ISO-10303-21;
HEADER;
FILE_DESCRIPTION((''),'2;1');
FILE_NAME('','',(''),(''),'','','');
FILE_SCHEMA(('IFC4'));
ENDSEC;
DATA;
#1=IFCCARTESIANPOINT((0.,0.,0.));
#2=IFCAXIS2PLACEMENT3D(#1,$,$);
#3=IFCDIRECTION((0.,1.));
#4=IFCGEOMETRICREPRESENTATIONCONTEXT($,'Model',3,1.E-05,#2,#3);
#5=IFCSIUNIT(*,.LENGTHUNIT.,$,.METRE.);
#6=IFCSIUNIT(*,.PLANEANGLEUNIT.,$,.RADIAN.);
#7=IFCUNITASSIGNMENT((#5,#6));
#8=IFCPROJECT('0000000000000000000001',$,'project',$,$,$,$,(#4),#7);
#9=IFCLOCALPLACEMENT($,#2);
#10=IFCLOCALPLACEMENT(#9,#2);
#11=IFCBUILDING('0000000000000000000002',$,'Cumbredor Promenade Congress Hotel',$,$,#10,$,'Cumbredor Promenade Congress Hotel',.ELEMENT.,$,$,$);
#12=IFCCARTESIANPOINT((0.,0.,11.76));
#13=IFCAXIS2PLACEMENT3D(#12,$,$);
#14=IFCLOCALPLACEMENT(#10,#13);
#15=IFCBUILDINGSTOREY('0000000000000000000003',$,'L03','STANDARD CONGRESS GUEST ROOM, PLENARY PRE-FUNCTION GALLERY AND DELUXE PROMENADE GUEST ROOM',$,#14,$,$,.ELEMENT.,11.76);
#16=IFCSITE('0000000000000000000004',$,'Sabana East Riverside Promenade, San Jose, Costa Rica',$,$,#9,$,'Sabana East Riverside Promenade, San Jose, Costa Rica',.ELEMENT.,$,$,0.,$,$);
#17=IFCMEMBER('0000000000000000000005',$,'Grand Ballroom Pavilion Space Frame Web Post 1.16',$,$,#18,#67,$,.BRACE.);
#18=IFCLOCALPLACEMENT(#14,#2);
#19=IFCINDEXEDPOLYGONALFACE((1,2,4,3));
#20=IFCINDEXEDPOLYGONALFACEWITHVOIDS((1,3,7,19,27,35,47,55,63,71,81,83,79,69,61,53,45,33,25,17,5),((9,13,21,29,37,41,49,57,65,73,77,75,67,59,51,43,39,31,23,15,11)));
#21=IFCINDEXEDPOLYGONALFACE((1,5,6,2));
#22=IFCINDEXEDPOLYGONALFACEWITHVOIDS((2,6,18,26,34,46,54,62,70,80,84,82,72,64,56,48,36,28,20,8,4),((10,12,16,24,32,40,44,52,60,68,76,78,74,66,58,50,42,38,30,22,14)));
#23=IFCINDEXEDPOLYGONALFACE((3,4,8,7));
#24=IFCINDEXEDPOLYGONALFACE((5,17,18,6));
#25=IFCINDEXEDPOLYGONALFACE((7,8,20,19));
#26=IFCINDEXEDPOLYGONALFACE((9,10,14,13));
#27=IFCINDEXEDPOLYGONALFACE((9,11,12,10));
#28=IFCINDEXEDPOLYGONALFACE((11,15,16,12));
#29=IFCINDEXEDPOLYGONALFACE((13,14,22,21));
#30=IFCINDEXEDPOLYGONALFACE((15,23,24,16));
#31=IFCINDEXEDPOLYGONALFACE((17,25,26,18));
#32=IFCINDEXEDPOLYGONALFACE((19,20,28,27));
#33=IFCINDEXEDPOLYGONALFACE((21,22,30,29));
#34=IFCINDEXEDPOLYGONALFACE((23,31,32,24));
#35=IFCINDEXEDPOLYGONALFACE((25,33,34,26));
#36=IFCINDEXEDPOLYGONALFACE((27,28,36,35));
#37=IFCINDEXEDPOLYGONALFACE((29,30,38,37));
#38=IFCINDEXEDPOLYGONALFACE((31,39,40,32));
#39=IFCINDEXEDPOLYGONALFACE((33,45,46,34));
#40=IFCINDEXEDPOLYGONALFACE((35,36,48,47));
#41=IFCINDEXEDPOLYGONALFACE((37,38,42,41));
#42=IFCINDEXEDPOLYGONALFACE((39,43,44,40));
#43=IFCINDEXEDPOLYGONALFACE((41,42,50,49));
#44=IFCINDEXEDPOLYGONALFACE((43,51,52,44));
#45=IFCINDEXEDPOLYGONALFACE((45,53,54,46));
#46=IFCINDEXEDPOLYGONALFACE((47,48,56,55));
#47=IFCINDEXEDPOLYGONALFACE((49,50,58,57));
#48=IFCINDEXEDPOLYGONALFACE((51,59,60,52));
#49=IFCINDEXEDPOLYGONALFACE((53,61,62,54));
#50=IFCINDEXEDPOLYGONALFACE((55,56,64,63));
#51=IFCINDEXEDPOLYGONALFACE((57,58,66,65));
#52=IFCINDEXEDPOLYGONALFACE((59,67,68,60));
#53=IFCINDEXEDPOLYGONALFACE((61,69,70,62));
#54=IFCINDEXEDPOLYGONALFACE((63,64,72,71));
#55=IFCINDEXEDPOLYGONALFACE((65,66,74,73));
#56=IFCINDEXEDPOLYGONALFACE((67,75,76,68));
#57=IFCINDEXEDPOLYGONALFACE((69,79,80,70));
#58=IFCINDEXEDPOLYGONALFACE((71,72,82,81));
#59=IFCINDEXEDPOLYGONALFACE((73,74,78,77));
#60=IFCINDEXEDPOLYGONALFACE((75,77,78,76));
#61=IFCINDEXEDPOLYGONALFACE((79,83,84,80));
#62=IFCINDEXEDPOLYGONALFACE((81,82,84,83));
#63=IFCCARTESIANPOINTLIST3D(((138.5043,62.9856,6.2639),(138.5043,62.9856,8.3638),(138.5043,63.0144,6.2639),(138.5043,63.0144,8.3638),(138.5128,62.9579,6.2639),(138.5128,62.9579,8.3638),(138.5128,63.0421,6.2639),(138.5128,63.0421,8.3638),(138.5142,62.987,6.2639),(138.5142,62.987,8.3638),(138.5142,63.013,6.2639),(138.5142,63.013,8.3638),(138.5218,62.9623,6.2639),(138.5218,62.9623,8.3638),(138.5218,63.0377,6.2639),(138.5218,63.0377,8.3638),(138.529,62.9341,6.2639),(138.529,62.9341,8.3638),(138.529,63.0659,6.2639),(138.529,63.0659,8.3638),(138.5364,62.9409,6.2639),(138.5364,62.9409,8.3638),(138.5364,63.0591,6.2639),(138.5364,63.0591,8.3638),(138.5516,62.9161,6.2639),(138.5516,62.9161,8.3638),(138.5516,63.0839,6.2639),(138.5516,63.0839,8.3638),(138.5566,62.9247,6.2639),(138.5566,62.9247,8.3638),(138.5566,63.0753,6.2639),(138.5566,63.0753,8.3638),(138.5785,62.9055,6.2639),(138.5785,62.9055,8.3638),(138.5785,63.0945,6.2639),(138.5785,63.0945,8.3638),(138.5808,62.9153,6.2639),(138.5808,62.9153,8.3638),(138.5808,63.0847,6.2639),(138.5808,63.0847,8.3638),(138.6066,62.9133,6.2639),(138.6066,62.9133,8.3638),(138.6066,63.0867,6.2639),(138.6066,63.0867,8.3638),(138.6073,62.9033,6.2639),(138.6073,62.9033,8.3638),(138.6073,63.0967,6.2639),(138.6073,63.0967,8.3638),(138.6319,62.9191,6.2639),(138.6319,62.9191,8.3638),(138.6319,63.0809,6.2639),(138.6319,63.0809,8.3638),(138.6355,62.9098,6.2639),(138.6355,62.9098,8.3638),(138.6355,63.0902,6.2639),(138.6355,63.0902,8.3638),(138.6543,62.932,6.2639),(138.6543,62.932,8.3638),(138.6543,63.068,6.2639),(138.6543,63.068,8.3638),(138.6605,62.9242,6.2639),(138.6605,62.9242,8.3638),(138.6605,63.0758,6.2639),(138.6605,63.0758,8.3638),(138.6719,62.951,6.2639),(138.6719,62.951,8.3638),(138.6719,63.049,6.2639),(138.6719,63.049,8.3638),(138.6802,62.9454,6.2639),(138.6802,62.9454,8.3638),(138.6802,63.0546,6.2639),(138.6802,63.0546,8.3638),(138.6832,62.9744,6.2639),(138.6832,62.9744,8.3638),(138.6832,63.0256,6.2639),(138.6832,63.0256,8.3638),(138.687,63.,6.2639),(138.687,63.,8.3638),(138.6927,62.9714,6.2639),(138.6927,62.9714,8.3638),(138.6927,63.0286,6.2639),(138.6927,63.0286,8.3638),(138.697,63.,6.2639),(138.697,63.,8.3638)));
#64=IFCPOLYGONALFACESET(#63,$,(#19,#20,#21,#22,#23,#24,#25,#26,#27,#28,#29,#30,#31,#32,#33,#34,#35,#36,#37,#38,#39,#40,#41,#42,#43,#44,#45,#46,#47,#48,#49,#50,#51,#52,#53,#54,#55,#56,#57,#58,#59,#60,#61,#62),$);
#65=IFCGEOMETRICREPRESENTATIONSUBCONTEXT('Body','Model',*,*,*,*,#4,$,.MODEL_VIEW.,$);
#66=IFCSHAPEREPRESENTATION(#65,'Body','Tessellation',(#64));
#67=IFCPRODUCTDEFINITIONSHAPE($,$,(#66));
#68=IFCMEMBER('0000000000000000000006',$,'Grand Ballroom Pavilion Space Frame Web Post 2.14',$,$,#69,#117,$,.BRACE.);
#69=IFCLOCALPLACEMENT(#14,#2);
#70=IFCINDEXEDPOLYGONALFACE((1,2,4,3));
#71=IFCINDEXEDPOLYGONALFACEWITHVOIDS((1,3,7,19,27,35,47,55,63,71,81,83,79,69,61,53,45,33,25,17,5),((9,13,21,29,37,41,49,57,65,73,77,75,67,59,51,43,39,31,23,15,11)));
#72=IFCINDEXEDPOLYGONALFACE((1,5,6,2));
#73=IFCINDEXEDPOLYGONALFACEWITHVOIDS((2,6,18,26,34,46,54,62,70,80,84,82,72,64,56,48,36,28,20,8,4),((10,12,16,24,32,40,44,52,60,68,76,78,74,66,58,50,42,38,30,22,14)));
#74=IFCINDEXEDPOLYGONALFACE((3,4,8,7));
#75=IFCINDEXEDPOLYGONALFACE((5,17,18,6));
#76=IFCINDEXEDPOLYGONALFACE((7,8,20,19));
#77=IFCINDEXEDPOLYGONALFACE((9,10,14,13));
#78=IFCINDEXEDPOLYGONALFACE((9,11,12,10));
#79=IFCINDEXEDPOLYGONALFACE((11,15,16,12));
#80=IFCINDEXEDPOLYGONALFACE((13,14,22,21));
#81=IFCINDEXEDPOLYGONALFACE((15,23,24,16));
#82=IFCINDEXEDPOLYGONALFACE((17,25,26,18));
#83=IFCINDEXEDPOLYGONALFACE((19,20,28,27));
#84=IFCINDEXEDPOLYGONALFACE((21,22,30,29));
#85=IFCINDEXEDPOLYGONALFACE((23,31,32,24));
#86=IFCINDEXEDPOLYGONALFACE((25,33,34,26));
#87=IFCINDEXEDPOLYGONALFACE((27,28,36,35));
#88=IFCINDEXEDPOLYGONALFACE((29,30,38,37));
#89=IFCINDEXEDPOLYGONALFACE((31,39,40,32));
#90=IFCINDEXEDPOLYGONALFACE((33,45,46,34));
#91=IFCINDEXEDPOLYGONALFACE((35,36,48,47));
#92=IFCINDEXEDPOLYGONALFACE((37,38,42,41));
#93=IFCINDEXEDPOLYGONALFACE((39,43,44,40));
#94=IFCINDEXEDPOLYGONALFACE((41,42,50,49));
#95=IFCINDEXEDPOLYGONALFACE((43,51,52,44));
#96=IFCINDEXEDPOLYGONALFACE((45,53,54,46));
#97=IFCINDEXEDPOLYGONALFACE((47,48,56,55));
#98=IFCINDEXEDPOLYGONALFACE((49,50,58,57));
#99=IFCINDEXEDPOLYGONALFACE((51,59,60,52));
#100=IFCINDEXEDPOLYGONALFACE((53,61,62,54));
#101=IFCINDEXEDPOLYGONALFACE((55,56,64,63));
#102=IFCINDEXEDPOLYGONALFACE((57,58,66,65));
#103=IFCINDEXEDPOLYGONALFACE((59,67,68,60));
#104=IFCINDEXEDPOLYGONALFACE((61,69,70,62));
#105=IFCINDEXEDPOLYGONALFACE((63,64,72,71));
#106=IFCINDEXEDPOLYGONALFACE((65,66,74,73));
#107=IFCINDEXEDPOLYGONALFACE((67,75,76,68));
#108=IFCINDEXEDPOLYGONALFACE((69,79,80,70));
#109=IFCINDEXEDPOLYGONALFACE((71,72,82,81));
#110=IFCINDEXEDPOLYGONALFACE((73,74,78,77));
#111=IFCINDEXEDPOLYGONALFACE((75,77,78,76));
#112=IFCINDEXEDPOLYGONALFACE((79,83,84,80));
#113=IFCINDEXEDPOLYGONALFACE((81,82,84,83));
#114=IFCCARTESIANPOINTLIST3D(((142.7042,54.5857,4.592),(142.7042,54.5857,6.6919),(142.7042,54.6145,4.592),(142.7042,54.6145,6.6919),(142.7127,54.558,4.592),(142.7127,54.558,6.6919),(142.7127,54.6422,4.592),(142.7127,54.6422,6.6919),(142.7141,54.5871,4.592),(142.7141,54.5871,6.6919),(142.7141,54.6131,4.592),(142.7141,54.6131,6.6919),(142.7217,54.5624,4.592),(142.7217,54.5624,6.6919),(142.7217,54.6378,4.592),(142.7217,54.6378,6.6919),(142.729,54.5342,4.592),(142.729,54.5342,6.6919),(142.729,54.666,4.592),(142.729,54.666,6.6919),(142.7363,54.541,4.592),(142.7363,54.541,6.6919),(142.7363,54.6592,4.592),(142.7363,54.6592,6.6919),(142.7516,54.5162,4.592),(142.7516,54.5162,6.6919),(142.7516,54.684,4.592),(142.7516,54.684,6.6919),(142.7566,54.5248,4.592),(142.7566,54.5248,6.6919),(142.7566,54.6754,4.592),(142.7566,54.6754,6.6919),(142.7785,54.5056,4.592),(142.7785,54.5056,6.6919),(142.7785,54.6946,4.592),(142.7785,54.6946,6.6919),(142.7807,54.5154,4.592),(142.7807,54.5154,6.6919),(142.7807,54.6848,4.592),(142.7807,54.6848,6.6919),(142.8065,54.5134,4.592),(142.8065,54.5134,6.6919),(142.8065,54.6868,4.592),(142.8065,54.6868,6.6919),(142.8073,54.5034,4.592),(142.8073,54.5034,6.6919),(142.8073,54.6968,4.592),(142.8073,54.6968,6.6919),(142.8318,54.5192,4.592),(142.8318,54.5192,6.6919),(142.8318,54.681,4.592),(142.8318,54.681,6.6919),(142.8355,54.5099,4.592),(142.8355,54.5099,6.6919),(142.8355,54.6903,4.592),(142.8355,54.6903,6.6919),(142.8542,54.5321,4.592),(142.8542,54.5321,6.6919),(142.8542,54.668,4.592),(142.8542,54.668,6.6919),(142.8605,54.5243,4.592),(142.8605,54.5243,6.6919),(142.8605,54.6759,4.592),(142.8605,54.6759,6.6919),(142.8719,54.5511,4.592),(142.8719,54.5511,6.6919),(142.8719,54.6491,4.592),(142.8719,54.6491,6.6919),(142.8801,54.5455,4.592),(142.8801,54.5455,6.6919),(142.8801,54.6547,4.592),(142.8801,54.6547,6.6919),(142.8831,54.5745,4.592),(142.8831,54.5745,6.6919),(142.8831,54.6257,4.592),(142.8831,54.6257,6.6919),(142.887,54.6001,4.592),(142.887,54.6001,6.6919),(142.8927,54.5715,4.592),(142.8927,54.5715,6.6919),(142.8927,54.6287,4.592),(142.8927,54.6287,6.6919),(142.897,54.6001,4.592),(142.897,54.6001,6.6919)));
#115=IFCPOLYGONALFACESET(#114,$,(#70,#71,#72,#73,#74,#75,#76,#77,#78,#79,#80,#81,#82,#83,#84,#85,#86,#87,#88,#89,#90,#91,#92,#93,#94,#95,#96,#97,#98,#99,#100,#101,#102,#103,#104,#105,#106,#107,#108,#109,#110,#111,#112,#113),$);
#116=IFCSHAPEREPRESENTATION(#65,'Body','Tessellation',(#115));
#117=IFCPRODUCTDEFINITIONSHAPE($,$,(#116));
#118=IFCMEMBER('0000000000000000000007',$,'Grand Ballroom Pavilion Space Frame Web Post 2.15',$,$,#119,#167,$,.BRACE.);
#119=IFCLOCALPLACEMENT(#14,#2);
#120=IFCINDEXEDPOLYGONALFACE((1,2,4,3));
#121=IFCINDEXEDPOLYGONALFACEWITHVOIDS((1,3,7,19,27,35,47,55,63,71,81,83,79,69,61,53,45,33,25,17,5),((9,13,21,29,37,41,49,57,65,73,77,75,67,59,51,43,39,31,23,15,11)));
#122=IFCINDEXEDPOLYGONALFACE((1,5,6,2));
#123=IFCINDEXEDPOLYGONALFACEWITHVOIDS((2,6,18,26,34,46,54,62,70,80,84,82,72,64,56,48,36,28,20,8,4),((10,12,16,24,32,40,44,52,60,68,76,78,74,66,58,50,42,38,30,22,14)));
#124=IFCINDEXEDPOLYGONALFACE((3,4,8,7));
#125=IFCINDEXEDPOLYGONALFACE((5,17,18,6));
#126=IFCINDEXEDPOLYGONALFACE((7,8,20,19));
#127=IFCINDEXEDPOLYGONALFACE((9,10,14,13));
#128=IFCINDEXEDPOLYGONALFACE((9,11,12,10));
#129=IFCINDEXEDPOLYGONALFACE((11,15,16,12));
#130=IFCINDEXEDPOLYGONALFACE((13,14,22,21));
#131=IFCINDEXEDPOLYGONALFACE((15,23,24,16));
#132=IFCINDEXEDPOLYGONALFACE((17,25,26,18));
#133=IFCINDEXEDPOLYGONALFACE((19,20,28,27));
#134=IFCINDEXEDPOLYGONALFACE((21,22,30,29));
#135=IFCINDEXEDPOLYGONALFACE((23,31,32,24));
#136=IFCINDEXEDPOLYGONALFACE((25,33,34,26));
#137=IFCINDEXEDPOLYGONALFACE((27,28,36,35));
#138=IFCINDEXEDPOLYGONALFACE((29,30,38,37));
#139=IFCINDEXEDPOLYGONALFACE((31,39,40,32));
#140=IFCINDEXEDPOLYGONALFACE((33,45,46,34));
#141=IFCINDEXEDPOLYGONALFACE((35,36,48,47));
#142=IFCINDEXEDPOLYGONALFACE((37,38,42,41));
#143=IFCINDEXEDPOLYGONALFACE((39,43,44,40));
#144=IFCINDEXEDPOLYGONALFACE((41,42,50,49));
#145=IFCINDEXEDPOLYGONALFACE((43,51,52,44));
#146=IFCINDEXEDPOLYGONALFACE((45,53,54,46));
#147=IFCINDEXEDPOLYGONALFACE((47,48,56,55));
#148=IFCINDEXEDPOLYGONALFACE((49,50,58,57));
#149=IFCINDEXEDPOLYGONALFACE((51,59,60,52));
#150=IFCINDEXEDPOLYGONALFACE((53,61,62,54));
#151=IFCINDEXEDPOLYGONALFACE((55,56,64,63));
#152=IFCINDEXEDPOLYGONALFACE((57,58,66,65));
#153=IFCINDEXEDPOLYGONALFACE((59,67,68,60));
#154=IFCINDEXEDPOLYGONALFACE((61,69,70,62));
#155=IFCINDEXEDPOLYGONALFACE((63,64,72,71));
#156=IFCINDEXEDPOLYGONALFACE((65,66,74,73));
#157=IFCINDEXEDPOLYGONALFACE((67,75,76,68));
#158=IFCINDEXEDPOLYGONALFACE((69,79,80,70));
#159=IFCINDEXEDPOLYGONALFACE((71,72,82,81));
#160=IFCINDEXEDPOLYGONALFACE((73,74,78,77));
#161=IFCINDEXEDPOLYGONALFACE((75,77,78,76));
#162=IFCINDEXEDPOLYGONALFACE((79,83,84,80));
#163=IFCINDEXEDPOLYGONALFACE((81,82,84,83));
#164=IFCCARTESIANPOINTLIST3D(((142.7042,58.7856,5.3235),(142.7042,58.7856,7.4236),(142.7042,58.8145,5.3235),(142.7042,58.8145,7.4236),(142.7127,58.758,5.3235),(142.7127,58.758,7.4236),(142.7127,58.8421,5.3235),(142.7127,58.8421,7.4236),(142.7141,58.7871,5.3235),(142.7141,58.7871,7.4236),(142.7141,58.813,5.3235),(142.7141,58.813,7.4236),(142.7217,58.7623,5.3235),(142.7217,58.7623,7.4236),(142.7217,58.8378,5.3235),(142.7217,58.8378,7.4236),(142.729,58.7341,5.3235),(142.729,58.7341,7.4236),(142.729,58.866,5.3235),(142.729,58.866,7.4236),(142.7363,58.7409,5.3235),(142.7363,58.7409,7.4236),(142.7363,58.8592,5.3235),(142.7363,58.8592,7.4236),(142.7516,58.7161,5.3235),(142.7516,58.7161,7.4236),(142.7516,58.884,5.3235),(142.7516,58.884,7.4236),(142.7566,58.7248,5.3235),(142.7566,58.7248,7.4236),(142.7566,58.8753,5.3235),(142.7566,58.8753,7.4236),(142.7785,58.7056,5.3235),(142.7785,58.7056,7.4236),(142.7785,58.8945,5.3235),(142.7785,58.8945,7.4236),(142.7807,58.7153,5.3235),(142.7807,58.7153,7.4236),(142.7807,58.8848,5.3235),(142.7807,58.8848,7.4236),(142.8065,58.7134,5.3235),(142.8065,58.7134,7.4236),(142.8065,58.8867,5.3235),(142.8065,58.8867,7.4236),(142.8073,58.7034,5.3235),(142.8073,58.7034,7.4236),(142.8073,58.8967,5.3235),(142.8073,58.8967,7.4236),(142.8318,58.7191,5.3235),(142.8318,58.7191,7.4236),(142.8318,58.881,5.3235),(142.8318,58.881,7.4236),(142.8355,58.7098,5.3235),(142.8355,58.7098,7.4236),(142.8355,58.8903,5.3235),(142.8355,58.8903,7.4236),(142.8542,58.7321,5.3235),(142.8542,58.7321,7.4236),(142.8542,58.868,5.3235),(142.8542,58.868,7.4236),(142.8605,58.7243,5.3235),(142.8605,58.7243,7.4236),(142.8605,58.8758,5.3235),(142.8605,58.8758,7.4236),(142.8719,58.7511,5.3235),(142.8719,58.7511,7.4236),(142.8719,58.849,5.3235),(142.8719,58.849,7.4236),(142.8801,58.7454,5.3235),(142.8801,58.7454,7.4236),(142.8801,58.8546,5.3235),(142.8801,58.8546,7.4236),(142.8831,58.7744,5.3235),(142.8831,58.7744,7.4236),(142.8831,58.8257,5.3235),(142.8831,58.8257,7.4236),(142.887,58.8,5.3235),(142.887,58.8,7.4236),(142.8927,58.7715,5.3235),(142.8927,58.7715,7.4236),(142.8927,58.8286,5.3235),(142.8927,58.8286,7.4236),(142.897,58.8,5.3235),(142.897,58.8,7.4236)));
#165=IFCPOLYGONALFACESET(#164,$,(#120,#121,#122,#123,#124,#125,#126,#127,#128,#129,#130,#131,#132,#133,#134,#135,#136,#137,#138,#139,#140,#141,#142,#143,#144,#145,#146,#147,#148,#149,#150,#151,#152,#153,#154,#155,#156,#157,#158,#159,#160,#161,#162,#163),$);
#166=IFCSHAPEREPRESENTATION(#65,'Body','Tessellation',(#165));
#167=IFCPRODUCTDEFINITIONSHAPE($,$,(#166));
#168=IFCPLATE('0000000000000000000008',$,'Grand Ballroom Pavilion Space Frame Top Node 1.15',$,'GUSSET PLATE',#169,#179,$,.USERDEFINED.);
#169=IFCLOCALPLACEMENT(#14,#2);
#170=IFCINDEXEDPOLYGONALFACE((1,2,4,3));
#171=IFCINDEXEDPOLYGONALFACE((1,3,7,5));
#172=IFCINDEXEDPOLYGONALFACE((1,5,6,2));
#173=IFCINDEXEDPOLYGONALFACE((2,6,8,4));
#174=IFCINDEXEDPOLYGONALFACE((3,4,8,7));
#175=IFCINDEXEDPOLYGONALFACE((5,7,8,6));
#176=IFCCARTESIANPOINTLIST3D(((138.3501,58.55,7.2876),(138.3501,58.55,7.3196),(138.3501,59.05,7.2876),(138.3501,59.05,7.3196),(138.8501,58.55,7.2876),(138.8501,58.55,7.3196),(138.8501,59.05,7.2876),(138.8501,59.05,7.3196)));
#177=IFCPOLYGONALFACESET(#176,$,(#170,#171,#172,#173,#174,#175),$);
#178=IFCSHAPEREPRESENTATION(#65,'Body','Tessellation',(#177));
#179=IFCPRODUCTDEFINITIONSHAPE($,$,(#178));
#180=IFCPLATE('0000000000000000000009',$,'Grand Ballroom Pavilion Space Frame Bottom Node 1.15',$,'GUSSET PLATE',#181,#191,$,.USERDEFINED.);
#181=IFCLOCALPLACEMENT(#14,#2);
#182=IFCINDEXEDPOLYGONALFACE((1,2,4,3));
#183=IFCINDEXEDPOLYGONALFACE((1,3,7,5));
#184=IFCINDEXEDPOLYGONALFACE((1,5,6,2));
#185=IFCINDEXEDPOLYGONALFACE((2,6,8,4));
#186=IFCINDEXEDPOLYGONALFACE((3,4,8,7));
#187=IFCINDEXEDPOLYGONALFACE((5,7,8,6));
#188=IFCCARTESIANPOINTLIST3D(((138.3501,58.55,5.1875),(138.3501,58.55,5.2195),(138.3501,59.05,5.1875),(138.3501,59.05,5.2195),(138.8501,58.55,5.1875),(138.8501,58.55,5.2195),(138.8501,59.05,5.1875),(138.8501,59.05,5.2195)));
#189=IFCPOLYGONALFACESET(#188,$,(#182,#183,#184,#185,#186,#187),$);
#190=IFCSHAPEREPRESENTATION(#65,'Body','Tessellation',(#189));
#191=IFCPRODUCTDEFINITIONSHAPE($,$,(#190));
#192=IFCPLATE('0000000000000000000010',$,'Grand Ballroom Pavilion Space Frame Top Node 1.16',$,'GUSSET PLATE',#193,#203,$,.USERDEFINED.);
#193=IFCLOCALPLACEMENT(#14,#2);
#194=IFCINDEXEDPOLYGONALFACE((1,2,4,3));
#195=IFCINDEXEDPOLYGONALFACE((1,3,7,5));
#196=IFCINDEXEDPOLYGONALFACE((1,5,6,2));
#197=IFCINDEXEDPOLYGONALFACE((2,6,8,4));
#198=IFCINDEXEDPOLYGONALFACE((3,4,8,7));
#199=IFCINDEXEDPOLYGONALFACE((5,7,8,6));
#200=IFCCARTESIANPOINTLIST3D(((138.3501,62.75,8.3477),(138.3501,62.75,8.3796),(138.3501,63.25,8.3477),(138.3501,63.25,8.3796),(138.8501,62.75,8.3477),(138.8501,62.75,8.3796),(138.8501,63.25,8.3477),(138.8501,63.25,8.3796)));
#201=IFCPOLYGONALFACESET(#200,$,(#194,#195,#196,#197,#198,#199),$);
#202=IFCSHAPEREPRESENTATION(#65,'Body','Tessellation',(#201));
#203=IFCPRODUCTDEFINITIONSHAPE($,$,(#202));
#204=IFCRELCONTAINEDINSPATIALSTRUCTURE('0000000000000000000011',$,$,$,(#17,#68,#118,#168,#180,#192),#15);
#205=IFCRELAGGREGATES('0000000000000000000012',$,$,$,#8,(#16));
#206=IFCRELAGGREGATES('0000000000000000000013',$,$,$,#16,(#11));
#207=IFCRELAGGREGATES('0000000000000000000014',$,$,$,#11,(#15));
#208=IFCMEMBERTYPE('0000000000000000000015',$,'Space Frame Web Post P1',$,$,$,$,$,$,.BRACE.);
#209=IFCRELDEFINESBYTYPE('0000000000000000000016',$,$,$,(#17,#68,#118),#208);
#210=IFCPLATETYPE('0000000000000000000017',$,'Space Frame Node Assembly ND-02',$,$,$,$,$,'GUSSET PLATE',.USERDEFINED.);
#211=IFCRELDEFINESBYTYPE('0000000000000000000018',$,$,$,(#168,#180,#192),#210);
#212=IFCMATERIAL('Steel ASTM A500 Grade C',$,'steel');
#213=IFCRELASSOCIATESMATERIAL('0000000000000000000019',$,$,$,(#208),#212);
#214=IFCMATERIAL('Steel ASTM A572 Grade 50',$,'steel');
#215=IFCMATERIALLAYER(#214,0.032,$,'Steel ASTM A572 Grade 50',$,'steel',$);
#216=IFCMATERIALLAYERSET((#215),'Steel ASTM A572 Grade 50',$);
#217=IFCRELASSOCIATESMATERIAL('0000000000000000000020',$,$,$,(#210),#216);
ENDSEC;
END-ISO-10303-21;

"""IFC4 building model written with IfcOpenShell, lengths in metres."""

from ifc_helpers import new_model, si_unit, direction, frame, origin, origin_2d, place, context, subcontext, project, spatial, rectangle, hollow_circle, extrude, material, layer, layer_set, material_profile, profile_set, type_object, element, save


model = new_model("IFC4")

# Units and contexts
model_context = context("Model", 3, precision=1e-05, world=origin(), true_north=direction((0.0, 1.0)))
body_context = subcontext(model_context, "Body", "Model", "MODEL_VIEW")
ifc_project = project(units=[si_unit("LENGTHUNIT", "METRE"), si_unit("PLANEANGLEUNIT", "RADIAN")], contexts=[model_context])

# Site, building, storey
site_placement = place(None, origin())
site = spatial("IfcSite", under=ifc_project, at=site_placement, Name="Sabana East Riverside Promenade, San Jose, Costa Rica", LongName="Sabana East Riverside Promenade, San Jose, Costa Rica", CompositionType="ELEMENT", RefElevation=0.0)
building_placement = place(site_placement, origin())
building = spatial("IfcBuilding", under=site, at=building_placement, Name="Cumbredor Promenade Congress Hotel", LongName="Cumbredor Promenade Congress Hotel", CompositionType="ELEMENT")
storey_placement = place(building_placement, frame((0.0, 0.0, 11.76)))
storey = spatial("IfcBuildingStorey", under=building, at=storey_placement, Name="L03", Description="STANDARD CONGRESS GUEST ROOM, PLENARY PRE-FUNCTION GALLERY AND DELUXE PROMENADE GUEST ROOM", CompositionType="ELEMENT", Elevation=11.76)

# Members
ifc_material_1 = material(Name="Steel ASTM A500 Grade C", Category="steel")
ifc_material_profile_1 = material_profile(ifc_material_1, hollow_circle(Radius=0.0969, WallThickness=0.01, at=origin_2d()), Name="CHS 193.7x10")
ifc_profile_set_1 = profile_set([ifc_material_profile_1], Name="Steel ASTM A500 Grade C")
member_type_1 = type_object("IfcMemberType", Name="Space Frame Web Post P1", PredefinedType="BRACE", material=ifc_profile_set_1)
for number, where, z_axis, x_axis, name in (
    (1, (138.6001, 63.0, 6.2639), (0.0, 0.0, 1.0), (1.0, 0.0, 0.0), "Grand Ballroom Pavilion Space Frame Web Post 1.16"),
    (2, (142.8, 54.6001, 4.592), (0.0, 0.0, 1.0), (1.0, 0.0, 0.0), "Grand Ballroom Pavilion Space Frame Web Post 2.14"),
):
    element("IfcMember", number, at=place(storey_placement, frame(where, z_axis=z_axis, x_axis=x_axis)), inside=storey, type_object=member_type_1, Name=name, PredefinedType="BRACE", context=body_context, shape_type="SweptSolid", body=[
        extrude(hollow_circle(Radius=0.0969, WallThickness=0.01, at=origin_2d()), origin(), (0.0, 0.0, 1.0), 2.0999),
    ])
member_1_placement = place(storey_placement, frame((142.8, 58.8, 5.3235), z_axis=(0.0, 0.0, 1.0), x_axis=(1.0, 0.0, 0.0)))
element("IfcMember", 3, at=member_1_placement, inside=storey, type_object=member_type_1, Name="Grand Ballroom Pavilion Space Frame Web Post 2.15", PredefinedType="BRACE", context=body_context, shape_type="SweptSolid", body=[
    extrude(hollow_circle(Radius=0.0969, WallThickness=0.01, at=origin_2d()), origin(), (0.0, 0.0, 1.0), 2.1001),
])

# Plates
ifc_material_2 = material(Name="Steel ASTM A572 Grade 50", Category="steel")
ifc_layer = layer(ifc_material_2, 0.032, Name="Steel ASTM A572 Grade 50", Category="steel")
ifc_layer_set = layer_set([ifc_layer], Name="Steel ASTM A572 Grade 50")
plate_type = type_object("IfcPlateType", Name="Space Frame Node Assembly ND-02", ElementType="GUSSET PLATE", PredefinedType="USERDEFINED", material=ifc_layer_set)
for number, where, z_axis, x_axis, name in (
    (4, (138.6001, 58.8, 7.2876), (0.0, 0.0, 1.0), (1.0, 0.0, 0.0), "Grand Ballroom Pavilion Space Frame Top Node 1.15"),
    (5, (138.6001, 58.8, 5.1875), (0.0, 0.0, 1.0), (1.0, 0.0, 0.0), "Grand Ballroom Pavilion Space Frame Bottom Node 1.15"),
    (6, (138.6001, 63.0, 8.3477), (0.0, 0.0, 1.0), (1.0, 0.0, 0.0), "Grand Ballroom Pavilion Space Frame Top Node 1.16"),
):
    element("IfcPlate", number, at=place(storey_placement, frame(where, z_axis=z_axis, x_axis=x_axis)), inside=storey, type_object=plate_type, Name=name, ObjectType="GUSSET PLATE", PredefinedType="USERDEFINED", context=body_context, shape_type="SweptSolid", body=[
        extrude(rectangle(XDim=0.5, YDim=0.5, at=origin_2d()), origin(), (0.0, 0.0, 1.0), 0.032),
    ])

save(model, "model.ifc")
